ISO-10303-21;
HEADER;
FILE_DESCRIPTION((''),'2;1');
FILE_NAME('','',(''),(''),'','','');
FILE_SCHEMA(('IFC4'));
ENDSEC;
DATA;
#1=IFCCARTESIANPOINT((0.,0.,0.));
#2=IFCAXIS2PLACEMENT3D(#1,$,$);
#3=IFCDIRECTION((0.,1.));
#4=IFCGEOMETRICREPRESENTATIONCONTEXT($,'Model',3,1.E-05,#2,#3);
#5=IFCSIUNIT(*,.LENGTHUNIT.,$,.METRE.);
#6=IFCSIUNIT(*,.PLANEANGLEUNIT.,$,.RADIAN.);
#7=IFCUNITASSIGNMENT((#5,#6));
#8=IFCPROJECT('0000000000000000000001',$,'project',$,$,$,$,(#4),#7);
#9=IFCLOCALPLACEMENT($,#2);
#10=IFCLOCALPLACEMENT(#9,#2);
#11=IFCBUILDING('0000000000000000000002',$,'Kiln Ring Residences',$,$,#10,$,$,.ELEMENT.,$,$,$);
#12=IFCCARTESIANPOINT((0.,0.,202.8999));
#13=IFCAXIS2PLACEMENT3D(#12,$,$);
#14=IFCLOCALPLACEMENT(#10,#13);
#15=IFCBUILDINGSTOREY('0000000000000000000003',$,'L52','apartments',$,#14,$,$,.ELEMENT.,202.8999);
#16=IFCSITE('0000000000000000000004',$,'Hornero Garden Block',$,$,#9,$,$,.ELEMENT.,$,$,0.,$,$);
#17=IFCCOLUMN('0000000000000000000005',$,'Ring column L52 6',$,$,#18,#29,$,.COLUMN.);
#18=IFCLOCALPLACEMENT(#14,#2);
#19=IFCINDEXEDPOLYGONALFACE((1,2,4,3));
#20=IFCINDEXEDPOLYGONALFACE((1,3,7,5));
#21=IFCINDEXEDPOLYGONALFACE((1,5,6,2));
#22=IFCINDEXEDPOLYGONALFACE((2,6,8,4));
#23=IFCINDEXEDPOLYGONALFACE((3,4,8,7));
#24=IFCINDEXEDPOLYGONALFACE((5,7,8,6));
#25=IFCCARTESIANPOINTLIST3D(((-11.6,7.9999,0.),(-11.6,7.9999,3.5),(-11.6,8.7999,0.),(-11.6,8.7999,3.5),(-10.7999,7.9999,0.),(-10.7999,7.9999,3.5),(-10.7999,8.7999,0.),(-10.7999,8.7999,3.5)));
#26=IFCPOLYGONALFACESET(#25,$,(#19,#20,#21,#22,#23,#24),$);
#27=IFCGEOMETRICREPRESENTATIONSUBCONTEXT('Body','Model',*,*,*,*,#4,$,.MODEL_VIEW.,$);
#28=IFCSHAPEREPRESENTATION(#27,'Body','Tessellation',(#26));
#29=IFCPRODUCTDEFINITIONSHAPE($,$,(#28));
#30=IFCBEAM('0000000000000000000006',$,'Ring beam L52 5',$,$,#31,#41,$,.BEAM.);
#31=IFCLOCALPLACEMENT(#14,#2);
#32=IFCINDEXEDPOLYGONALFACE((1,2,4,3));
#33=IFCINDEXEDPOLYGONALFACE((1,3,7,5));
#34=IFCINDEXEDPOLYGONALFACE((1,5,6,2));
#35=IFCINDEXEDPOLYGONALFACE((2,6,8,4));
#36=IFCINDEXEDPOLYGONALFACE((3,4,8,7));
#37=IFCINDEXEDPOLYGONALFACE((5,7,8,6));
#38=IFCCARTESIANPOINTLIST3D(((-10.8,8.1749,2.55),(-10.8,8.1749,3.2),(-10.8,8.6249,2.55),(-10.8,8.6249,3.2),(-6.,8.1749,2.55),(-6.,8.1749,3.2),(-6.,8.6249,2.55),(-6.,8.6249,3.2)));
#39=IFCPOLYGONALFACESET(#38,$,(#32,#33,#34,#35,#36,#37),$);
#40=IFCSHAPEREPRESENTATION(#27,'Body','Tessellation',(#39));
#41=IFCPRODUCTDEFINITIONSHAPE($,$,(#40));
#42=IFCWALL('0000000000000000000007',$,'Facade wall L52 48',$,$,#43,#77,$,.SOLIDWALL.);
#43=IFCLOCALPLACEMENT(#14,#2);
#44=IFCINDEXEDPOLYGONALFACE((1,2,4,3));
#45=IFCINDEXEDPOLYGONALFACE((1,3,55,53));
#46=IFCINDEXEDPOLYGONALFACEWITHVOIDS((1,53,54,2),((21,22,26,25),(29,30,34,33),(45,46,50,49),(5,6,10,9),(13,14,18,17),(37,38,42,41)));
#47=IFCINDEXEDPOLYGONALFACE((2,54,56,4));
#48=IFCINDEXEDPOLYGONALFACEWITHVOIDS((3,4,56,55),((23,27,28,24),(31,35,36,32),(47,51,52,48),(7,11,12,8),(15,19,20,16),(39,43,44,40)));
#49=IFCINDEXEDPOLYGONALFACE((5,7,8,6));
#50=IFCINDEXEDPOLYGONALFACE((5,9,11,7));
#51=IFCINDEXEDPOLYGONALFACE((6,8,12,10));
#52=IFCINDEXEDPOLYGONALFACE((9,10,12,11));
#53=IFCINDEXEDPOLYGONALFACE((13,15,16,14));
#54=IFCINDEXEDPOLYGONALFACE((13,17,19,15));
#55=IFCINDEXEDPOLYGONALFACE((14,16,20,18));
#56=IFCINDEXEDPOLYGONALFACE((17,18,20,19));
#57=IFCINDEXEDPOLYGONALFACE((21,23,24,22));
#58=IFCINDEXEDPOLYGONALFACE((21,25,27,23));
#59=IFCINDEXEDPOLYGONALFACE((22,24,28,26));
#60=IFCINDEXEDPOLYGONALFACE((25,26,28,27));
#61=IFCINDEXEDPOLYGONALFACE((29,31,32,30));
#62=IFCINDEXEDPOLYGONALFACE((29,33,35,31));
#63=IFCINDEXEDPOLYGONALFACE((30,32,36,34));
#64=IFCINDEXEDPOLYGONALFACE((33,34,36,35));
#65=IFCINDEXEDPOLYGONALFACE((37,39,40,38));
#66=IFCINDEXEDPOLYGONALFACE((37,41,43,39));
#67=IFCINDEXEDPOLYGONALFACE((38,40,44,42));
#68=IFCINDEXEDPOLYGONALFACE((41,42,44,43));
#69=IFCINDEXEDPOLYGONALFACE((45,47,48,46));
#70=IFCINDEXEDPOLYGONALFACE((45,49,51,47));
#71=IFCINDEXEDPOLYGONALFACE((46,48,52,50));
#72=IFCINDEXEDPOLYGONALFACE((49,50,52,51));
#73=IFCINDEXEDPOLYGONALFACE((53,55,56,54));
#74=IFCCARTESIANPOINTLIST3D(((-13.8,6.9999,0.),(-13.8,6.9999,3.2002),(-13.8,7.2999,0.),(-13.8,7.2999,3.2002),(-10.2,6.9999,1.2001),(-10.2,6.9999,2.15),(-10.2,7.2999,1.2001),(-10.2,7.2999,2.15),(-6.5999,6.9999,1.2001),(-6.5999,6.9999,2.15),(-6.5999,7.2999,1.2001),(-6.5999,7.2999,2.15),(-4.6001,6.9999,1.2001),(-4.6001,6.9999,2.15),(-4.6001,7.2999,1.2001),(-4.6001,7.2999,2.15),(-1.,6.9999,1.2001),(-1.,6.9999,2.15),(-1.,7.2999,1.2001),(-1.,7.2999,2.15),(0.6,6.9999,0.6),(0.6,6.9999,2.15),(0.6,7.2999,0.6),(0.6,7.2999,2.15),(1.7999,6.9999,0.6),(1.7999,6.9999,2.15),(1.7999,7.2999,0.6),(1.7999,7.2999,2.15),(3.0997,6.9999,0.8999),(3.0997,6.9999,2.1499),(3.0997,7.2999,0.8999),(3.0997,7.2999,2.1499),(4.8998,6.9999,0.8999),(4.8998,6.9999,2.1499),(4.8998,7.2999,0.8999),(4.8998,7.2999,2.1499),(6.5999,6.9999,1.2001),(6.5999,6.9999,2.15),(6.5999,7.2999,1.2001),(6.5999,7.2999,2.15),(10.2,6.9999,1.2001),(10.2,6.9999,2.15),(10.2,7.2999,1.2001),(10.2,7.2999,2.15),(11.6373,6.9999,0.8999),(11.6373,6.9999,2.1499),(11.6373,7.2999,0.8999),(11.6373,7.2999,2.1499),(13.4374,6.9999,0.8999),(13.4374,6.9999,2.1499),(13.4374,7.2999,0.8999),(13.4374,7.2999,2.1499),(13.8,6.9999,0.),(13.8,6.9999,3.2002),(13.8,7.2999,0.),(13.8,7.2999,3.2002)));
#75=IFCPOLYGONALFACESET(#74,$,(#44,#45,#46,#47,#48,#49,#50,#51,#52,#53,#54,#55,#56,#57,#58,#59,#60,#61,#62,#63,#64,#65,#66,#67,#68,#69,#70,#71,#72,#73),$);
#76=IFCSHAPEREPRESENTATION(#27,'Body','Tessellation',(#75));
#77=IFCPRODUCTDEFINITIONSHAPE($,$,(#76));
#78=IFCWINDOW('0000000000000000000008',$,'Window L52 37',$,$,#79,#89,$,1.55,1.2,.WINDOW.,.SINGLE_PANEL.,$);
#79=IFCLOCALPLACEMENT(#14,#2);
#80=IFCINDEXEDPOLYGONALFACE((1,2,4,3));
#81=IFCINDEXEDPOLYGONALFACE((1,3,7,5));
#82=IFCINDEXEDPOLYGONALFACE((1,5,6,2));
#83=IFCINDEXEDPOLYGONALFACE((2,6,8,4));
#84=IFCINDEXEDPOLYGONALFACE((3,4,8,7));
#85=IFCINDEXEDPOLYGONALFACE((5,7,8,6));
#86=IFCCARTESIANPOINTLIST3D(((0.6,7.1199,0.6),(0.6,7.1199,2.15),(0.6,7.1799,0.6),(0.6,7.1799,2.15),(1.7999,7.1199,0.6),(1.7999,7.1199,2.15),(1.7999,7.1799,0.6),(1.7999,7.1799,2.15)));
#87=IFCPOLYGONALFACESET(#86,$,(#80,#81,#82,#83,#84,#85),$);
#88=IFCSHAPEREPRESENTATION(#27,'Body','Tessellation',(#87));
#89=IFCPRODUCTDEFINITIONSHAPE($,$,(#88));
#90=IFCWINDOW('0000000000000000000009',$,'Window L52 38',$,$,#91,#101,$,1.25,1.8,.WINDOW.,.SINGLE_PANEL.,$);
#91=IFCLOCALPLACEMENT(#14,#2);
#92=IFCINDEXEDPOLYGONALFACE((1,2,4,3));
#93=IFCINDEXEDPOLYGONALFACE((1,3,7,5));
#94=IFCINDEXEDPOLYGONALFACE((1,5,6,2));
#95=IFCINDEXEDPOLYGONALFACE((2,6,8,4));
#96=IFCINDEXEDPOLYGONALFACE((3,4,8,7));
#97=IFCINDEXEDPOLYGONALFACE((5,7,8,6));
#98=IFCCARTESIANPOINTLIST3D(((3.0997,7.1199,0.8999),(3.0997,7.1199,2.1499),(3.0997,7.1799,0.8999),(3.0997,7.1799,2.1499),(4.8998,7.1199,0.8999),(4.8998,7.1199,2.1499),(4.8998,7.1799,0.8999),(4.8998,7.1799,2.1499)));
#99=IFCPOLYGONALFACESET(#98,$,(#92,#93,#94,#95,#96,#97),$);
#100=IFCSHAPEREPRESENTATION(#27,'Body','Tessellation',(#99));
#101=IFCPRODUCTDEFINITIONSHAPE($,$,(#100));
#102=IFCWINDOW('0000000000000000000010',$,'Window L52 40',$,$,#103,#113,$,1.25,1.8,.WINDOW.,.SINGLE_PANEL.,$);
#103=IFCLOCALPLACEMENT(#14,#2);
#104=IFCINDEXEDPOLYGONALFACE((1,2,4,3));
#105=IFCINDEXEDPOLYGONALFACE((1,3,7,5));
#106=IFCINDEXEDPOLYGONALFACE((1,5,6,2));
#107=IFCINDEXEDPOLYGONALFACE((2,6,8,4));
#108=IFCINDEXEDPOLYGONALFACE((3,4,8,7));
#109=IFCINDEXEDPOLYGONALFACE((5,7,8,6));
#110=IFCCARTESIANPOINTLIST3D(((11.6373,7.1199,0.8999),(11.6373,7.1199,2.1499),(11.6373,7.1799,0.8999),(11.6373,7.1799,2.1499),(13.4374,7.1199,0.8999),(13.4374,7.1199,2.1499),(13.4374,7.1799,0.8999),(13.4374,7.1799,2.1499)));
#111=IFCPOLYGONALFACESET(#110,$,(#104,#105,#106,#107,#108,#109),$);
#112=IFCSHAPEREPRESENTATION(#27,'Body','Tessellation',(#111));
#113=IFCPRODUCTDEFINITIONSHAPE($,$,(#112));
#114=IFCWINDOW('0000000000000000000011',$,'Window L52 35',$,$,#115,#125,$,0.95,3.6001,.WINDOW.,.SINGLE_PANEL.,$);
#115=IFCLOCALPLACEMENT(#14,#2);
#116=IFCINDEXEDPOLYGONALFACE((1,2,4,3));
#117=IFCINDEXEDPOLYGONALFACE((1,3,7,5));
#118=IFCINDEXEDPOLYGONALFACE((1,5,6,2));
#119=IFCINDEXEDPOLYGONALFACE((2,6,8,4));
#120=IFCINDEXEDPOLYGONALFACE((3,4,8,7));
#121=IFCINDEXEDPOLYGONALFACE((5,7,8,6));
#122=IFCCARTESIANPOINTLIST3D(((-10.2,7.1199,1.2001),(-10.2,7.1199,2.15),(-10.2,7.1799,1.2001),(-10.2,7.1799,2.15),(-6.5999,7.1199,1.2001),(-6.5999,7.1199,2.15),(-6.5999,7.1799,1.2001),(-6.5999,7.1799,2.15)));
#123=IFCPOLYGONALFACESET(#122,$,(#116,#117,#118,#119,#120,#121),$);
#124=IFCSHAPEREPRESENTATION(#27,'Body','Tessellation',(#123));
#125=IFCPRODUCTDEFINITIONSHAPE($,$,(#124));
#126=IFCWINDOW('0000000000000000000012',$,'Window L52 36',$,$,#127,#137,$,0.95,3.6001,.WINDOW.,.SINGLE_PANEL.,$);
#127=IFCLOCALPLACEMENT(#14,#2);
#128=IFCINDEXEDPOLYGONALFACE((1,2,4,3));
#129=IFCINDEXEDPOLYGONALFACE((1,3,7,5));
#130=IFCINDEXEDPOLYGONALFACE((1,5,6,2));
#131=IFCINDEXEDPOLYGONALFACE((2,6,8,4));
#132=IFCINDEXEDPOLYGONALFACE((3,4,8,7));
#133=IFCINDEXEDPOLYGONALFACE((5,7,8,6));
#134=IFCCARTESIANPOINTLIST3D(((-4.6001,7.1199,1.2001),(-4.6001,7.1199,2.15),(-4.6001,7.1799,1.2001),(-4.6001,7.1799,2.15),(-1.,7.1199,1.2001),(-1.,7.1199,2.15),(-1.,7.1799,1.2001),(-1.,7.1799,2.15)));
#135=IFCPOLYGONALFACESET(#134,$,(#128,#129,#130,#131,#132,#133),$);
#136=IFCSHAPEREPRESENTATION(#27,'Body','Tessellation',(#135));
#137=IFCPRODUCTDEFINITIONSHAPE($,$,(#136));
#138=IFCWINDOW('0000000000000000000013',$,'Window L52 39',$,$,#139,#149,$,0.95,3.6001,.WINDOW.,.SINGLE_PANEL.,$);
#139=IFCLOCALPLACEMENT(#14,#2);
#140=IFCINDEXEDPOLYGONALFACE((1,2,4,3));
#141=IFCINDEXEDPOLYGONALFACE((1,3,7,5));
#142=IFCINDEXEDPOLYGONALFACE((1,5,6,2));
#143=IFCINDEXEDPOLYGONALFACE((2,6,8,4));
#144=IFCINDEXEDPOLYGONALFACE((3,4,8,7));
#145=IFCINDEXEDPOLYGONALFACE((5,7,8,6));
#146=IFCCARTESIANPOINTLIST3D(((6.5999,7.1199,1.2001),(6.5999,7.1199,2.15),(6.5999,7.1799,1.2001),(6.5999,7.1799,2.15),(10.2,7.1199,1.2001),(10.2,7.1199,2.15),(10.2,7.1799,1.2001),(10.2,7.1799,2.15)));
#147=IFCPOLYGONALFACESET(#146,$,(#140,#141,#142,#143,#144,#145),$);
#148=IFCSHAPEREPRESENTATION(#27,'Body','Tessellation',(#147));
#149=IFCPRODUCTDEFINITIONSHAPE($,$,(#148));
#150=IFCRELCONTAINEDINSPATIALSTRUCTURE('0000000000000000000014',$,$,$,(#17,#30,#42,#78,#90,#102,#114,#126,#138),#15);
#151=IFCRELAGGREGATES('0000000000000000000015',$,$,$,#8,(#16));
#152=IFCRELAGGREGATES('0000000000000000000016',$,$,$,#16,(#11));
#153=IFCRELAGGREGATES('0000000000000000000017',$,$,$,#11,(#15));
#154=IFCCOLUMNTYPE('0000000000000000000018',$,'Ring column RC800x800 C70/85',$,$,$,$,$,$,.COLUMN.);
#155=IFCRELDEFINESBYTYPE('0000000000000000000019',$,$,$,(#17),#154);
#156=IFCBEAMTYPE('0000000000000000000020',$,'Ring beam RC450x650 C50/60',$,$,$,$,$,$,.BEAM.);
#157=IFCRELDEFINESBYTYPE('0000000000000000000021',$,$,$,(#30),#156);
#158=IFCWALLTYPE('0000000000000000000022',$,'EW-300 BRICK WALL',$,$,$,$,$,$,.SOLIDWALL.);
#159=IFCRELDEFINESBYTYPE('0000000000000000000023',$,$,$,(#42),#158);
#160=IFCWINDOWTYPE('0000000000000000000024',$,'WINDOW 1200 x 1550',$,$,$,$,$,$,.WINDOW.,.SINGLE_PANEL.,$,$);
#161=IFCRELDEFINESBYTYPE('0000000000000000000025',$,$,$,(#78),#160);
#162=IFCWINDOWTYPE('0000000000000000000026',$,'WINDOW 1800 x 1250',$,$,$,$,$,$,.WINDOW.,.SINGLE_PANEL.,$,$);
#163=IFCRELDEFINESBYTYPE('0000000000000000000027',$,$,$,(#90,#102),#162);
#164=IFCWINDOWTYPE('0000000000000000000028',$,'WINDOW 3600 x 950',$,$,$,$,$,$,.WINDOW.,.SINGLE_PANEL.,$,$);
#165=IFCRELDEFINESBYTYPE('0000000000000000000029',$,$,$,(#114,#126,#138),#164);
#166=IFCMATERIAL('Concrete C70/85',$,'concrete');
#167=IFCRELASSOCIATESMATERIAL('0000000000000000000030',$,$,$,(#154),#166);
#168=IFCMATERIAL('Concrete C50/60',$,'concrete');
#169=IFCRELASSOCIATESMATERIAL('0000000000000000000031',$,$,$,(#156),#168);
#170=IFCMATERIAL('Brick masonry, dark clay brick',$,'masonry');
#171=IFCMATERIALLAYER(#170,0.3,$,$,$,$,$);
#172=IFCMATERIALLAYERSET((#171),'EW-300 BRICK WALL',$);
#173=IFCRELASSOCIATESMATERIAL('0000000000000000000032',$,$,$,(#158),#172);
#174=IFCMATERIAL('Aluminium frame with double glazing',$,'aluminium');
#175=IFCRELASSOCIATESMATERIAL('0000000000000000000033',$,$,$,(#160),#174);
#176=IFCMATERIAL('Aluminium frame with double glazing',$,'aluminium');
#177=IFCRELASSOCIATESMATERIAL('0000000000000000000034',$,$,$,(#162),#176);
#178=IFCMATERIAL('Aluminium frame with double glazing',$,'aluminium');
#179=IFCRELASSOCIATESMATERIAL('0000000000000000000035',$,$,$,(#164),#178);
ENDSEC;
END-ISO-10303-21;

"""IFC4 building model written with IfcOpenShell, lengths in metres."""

from ifc_helpers import new_model, si_unit, direction, frame, frame_2d, origin, origin_2d, place, context, subcontext, project, spatial, rectangle, extrude, material, layer, layer_set, material_profile, profile_set, type_object, element, fill, save


model = new_model("IFC4")

# Units and contexts
model_context = context("Model", 3, precision=1e-05, world=origin(), true_north=direction((0.0, 1.0)))
body_context = subcontext(model_context, "Body", "Model", "MODEL_VIEW")
ifc_project = project(units=[si_unit("LENGTHUNIT", "METRE"), si_unit("PLANEANGLEUNIT", "RADIAN")], contexts=[model_context])

# Site, building, storey
site_placement = place(None, origin())
site = spatial("IfcSite", under=ifc_project, at=site_placement, Name="Hornero Garden Block", CompositionType="ELEMENT", RefElevation=0.0)
building_placement = place(site_placement, origin())
building = spatial("IfcBuilding", under=site, at=building_placement, Name="Kiln Ring Residences", CompositionType="ELEMENT")
storey_placement = place(building_placement, frame((0.0, 0.0, 202.8999)))
storey = spatial("IfcBuildingStorey", under=building, at=storey_placement, Name="L52", Description="apartments", CompositionType="ELEMENT", Elevation=202.8999)

# Column
ifc_material_1 = material(Name="Concrete C70/85", Category="concrete")
ifc_material_profile_1 = material_profile(ifc_material_1, rectangle(XDim=0.8, YDim=0.8, at=origin_2d()), Name="RC800x800")
ifc_profile_set_1 = profile_set([ifc_material_profile_1], Name="Concrete C70/85")
column_type = type_object("IfcColumnType", Name="Ring column RC800x800 C70/85", PredefinedType="COLUMN", material=ifc_profile_set_1)
column_placement = place(storey_placement, frame((-11.2, 8.3999, 0.0), z_axis=(0.0, 0.0, 1.0), x_axis=(1.0, 0.0, 0.0)))
element("IfcColumn", 1, at=column_placement, inside=storey, type_object=column_type, Name="Ring column L52 6", PredefinedType="COLUMN", context=body_context, shape_type="SweptSolid", body=[
    extrude(rectangle(XDim=0.8, YDim=0.8, at=origin_2d()), origin(), (0.0, 0.0, 1.0), 3.5),
])

# Beam
ifc_material_2 = material(Name="Concrete C50/60", Category="concrete")
ifc_material_profile_2 = material_profile(ifc_material_2, rectangle(XDim=0.45, YDim=0.6499, at=origin_2d()), Name="RC450x650")
ifc_profile_set_2 = profile_set([ifc_material_profile_2], Name="Concrete C50/60")
beam_type = type_object("IfcBeamType", Name="Ring beam RC450x650 C50/60", PredefinedType="BEAM", material=ifc_profile_set_2)
beam_placement = place(storey_placement, frame((-10.8, 8.3999, 2.875), z_axis=(1.0, 0.0, 0.0), x_axis=(0.0, 1.0, 0.0)))
element("IfcBeam", 2, at=beam_placement, inside=storey, type_object=beam_type, Name="Ring beam L52 5", PredefinedType="BEAM", context=body_context, shape_type="SweptSolid", body=[
    extrude(rectangle(XDim=0.45, YDim=0.6499, at=origin_2d()), origin(), (0.0, 0.0, 1.0), 4.8),
])

# Wall, openings, windows
ifc_material_3 = material(Name="Brick masonry, dark clay brick", Category="masonry")
ifc_layer_1 = layer(ifc_material_3, 0.3)
ifc_layer_set_1 = layer_set([ifc_layer_1], Name="EW-300 BRICK WALL")
wall_type_1 = type_object("IfcWallType", Name="EW-300 BRICK WALL", PredefinedType="SOLIDWALL", material=ifc_layer_set_1)
wall_1_placement = place(storey_placement, frame((-13.8, 7.1499, 0.0), z_axis=(0.0, 0.0, 1.0), x_axis=(1.0, 0.0, 0.0)))
wall_1 = element("IfcWall", 3, at=wall_1_placement, inside=storey, type_object=wall_type_1, Name="Facade wall L52 48", PredefinedType="SOLIDWALL", context=body_context, shape_type="SweptSolid", body=[
    extrude(rectangle(XDim=27.6001, YDim=0.3, at=frame_2d((13.8, 0.0))), origin(), (0.0, 0.0, 1.0), 3.2002),
])
opening_1_placement = place(wall_1_placement, frame((3.6001, 0.0, 1.2)))
opening_1 = element("IfcOpeningElement", 4, at=opening_1_placement, cuts=wall_1, PredefinedType="OPENING", context=body_context, shape_type="SweptSolid", body=[
    extrude(rectangle(XDim=3.6001, YDim=0.95, at=frame_2d((1.8, 0.4751))), frame((0.0, 0.1599, 0.0), z_axis=(0.0, -1.0, 0.0), x_axis=(1.0, 0.0, 0.0)), (0.0, 0.0, 1.0), 0.3201),
])
opening_2_placement = place(wall_1_placement, frame((9.2, 0.0, 1.2)))
opening_2 = element("IfcOpeningElement", 5, at=opening_2_placement, cuts=wall_1, PredefinedType="OPENING", context=body_context, shape_type="SweptSolid", body=[
    extrude(rectangle(XDim=3.6001, YDim=0.95, at=frame_2d((1.8, 0.4751))), frame((0.0, 0.1599, 0.0), z_axis=(0.0, -1.0, 0.0), x_axis=(1.0, 0.0, 0.0)), (0.0, 0.0, 1.0), 0.3201),
])
opening_3_placement = place(wall_1_placement, frame((14.3999, 0.0, 0.6001)))
opening_3 = element("IfcOpeningElement", 6, at=opening_3_placement, cuts=wall_1, PredefinedType="OPENING", context=body_context, shape_type="SweptSolid", body=[
    extrude(rectangle(XDim=1.2, YDim=1.55, at=frame_2d((0.6001, 0.7749))), frame((0.0, 0.1599, 0.0), z_axis=(0.0, -1.0, 0.0), x_axis=(1.0, 0.0, 0.0)), (0.0, 0.0, 1.0), 0.3201),
])
opening_4_placement = place(wall_1_placement, frame((16.8999, 0.0, 0.8999)))
opening_4 = element("IfcOpeningElement", 7, at=opening_4_placement, cuts=wall_1, PredefinedType="OPENING", context=body_context, shape_type="SweptSolid", body=[
    extrude(rectangle(XDim=1.8, YDim=1.25, at=frame_2d((0.8999, 0.625))), frame((0.0, 0.1599, 0.0), z_axis=(0.0, -1.0, 0.0), x_axis=(1.0, 0.0, 0.0)), (0.0, 0.0, 1.0), 0.3201),
])
opening_5_placement = place(wall_1_placement, frame((20.3999, 0.0, 1.2)))
opening_5 = element("IfcOpeningElement", 8, at=opening_5_placement, cuts=wall_1, PredefinedType="OPENING", context=body_context, shape_type="SweptSolid", body=[
    extrude(rectangle(XDim=3.6001, YDim=0.95, at=frame_2d((1.8, 0.4751))), frame((0.0, 0.1599, 0.0), z_axis=(0.0, -1.0, 0.0), x_axis=(1.0, 0.0, 0.0)), (0.0, 0.0, 1.0), 0.3201),
])
opening_6_placement = place(wall_1_placement, frame((25.4375, 0.0, 0.8999)))
opening_6 = element("IfcOpeningElement", 9, at=opening_6_placement, cuts=wall_1, PredefinedType="OPENING", context=body_context, shape_type="SweptSolid", body=[
    extrude(rectangle(XDim=1.8, YDim=1.25, at=frame_2d((0.8999, 0.625))), frame((0.0, 0.1599, 0.0), z_axis=(0.0, -1.0, 0.0), x_axis=(1.0, 0.0, 0.0)), (0.0, 0.0, 1.0), 0.3201),
])
ifc_material_4 = material(Name="Aluminium frame with double glazing", Category="aluminium")
window_type_1 = type_object("IfcWindowType", Name="WINDOW 1200 x 1550", PartitioningType="SINGLE_PANEL", PredefinedType="WINDOW", material=ifc_material_4)
window_1_placement = place(opening_3_placement, origin())
window_1 = element("IfcWindow", 10, at=window_1_placement, inside=storey, type_object=window_type_1, Name="Window L52 37", OverallHeight=1.55, OverallWidth=1.2, PartitioningType="SINGLE_PANEL", PredefinedType="WINDOW", context=body_context, shape_type="SweptSolid", body=[
    extrude(rectangle(XDim=1.2, YDim=1.55, at=frame_2d((0.6001, 0.7749))), frame((0.0, 0.03, 0.0), z_axis=(0.0, -1.0, 0.0), x_axis=(1.0, 0.0, 0.0)), (0.0, 0.0, 1.0), 0.0601),
])
fill(opening_3, window_1)
ifc_material_5 = material(Name="Aluminium frame with double glazing", Category="aluminium")
window_type_2 = type_object("IfcWindowType", Name="WINDOW 1800 x 1250", PartitioningType="SINGLE_PANEL", PredefinedType="WINDOW", material=ifc_material_5)
window_2_placement = place(opening_4_placement, origin())
window_2 = element("IfcWindow", 11, at=window_2_placement, inside=storey, type_object=window_type_2, Name="Window L52 38", OverallHeight=1.25, OverallWidth=1.8, PartitioningType="SINGLE_PANEL", PredefinedType="WINDOW", context=body_context, shape_type="SweptSolid", body=[
    extrude(rectangle(XDim=1.8, YDim=1.25, at=frame_2d((0.8999, 0.625))), frame((0.0, 0.03, 0.0), z_axis=(0.0, -1.0, 0.0), x_axis=(1.0, 0.0, 0.0)), (0.0, 0.0, 1.0), 0.0601),
])
fill(opening_4, window_2)
window_3_placement = place(opening_6_placement, origin())
window_3 = element("IfcWindow", 12, at=window_3_placement, inside=storey, type_object=window_type_2, Name="Window L52 40", OverallHeight=1.25, OverallWidth=1.8, PartitioningType="SINGLE_PANEL", PredefinedType="WINDOW", context=body_context, shape_type="SweptSolid", body=[
    extrude(rectangle(XDim=1.8, YDim=1.25, at=frame_2d((0.8999, 0.625))), frame((0.0, 0.03, 0.0), z_axis=(0.0, -1.0, 0.0), x_axis=(1.0, 0.0, 0.0)), (0.0, 0.0, 1.0), 0.0601),
])
fill(opening_6, window_3)
ifc_material_6 = material(Name="Aluminium frame with double glazing", Category="aluminium")
window_type_3 = type_object("IfcWindowType", Name="WINDOW 3600 x 950", PartitioningType="SINGLE_PANEL", PredefinedType="WINDOW", material=ifc_material_6)
window_4_placement = place(opening_1_placement, origin())
window_4 = element("IfcWindow", 13, at=window_4_placement, inside=storey, type_object=window_type_3, Name="Window L52 35", OverallHeight=0.95, OverallWidth=3.6001, PartitioningType="SINGLE_PANEL", PredefinedType="WINDOW", context=body_context, shape_type="SweptSolid", body=[
    extrude(rectangle(XDim=3.6001, YDim=0.95, at=frame_2d((1.8, 0.4751))), frame((0.0, 0.03, 0.0), z_axis=(0.0, -1.0, 0.0), x_axis=(1.0, 0.0, 0.0)), (0.0, 0.0, 1.0), 0.0601),
])
fill(opening_1, window_4)
window_5_placement = place(opening_2_placement, origin())
window_5 = element("IfcWindow", 14, at=window_5_placement, inside=storey, type_object=window_type_3, Name="Window L52 36", OverallHeight=0.95, OverallWidth=3.6001, PartitioningType="SINGLE_PANEL", PredefinedType="WINDOW", context=body_context, shape_type="SweptSolid", body=[
    extrude(rectangle(XDim=3.6001, YDim=0.95, at=frame_2d((1.8, 0.4751))), frame((0.0, 0.03, 0.0), z_axis=(0.0, -1.0, 0.0), x_axis=(1.0, 0.0, 0.0)), (0.0, 0.0, 1.0), 0.0601),
])
fill(opening_2, window_5)
window_6_placement = place(opening_5_placement, origin())
window_6 = element("IfcWindow", 15, at=window_6_placement, inside=storey, type_object=window_type_3, Name="Window L52 39", OverallHeight=0.95, OverallWidth=3.6001, PartitioningType="SINGLE_PANEL", PredefinedType="WINDOW", context=body_context, shape_type="SweptSolid", body=[
    extrude(rectangle(XDim=3.6001, YDim=0.95, at=frame_2d((1.8, 0.4751))), frame((0.0, 0.03, 0.0), z_axis=(0.0, -1.0, 0.0), x_axis=(1.0, 0.0, 0.0)), (0.0, 0.0, 1.0), 0.0601),
])
fill(opening_5, window_6)

save(model, "model.ifc")
